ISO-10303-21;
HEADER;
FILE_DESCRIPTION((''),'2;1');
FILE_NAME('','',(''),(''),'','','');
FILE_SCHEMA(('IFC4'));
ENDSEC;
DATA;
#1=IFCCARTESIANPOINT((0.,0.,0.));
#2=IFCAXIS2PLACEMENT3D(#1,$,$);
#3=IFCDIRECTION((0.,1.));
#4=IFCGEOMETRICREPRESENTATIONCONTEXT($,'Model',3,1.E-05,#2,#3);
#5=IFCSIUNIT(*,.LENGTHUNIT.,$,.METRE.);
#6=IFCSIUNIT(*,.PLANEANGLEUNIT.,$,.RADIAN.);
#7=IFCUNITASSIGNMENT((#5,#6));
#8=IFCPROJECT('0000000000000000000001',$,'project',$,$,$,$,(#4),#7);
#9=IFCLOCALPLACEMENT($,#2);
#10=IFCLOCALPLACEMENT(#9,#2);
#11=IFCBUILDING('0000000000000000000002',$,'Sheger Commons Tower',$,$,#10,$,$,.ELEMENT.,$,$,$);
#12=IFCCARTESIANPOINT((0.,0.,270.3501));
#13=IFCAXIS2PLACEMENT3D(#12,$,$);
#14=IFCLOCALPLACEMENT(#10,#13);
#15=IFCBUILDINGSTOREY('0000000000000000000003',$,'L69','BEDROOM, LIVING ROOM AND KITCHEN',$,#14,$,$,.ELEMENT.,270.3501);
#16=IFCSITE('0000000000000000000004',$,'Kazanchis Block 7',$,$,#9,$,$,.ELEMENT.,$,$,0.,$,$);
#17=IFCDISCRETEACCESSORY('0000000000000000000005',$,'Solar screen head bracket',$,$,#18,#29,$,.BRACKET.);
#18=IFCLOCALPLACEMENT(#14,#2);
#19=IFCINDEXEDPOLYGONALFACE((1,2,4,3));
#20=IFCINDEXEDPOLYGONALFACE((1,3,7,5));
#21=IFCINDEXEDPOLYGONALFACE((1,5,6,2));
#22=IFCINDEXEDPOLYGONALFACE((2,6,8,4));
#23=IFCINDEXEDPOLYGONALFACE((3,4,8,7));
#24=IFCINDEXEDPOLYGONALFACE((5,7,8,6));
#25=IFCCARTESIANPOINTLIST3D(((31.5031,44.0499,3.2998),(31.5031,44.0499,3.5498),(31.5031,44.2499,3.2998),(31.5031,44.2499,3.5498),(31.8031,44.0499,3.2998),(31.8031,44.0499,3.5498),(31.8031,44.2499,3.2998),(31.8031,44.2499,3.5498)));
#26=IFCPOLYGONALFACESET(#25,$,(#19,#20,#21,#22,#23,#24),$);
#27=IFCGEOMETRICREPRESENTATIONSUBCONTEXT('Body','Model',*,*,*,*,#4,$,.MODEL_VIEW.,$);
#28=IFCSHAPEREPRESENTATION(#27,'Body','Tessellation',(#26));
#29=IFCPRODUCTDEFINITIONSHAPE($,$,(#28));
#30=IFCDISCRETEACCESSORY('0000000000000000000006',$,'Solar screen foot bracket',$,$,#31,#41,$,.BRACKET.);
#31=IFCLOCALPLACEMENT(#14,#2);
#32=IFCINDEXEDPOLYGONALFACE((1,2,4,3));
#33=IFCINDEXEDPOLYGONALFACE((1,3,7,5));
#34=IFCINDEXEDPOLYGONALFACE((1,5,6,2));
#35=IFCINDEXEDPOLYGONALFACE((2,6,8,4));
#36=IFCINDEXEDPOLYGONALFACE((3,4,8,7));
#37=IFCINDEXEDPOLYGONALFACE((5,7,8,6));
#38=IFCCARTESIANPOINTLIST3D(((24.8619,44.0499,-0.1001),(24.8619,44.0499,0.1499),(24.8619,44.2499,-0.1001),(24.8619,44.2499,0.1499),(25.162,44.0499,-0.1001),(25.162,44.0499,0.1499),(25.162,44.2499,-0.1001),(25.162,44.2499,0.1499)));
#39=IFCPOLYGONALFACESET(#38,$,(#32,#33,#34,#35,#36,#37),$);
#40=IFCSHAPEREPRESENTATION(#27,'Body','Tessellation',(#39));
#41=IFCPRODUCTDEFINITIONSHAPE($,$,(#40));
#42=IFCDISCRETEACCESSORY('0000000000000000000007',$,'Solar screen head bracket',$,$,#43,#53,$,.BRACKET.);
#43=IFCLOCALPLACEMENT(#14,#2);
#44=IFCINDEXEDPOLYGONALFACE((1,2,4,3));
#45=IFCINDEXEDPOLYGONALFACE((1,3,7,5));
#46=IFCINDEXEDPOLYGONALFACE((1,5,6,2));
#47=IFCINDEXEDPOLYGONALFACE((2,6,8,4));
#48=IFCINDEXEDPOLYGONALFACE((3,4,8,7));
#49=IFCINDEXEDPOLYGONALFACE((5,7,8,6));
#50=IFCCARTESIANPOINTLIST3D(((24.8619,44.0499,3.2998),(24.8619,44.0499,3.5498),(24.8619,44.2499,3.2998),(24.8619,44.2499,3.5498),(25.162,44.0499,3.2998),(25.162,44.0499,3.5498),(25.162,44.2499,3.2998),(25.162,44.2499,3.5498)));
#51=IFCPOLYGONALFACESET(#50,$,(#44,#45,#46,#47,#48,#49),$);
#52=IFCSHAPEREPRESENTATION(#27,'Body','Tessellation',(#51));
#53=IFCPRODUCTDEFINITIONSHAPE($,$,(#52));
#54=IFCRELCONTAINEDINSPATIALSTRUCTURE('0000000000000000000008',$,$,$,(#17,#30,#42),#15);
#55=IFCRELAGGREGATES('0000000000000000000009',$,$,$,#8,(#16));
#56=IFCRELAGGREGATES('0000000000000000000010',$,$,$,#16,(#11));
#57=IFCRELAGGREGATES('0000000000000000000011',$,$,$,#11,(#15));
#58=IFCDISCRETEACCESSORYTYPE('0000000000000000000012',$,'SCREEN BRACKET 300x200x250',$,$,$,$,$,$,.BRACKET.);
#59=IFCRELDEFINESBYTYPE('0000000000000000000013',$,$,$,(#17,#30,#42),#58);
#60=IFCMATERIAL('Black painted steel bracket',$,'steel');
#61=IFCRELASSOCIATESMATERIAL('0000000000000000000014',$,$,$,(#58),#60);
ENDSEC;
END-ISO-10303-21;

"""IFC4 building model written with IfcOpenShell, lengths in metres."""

from ifc_helpers import new_model, si_unit, direction, frame, origin, origin_2d, place, context, subcontext, project, spatial, rectangle, extrude, material, type_object, element, save


model = new_model("IFC4")

# Units and contexts
model_context = context("Model", 3, precision=1e-05, world=origin(), true_north=direction((0.0, 1.0)))
body_context = subcontext(model_context, "Body", "Model", "MODEL_VIEW")
ifc_project = project(units=[si_unit("LENGTHUNIT", "METRE"), si_unit("PLANEANGLEUNIT", "RADIAN")], contexts=[model_context])

# Site, building, storey
site_placement = place(None, origin())
site = spatial("IfcSite", under=ifc_project, at=site_placement, Name="Kazanchis Block 7", CompositionType="ELEMENT", RefElevation=0.0)
building_placement = place(site_placement, origin())
building = spatial("IfcBuilding", under=site, at=building_placement, Name="Sheger Commons Tower", CompositionType="ELEMENT")
storey_placement = place(building_placement, frame((0.0, 0.0, 270.3501)))
storey = spatial("IfcBuildingStorey", under=building, at=storey_placement, Name="L69", Description="BEDROOM, LIVING ROOM AND KITCHEN", CompositionType="ELEMENT", Elevation=270.3501)

# Discrete accessories
ifc_material_1 = material(Name="Black painted steel bracket", Category="steel")
discrete_accessory_type = type_object("IfcDiscreteAccessoryType", Name="SCREEN BRACKET 300x200x250", PredefinedType="BRACKET", material=ifc_material_1)
for number, where, z_axis, x_axis, name in (
    (1, (31.6531, 44.1499, 3.2998), (0.0, 0.0, 1.0), (-1.0, 0.0, 0.0), "Solar screen head bracket"),
    (2, (25.012, 44.1499, -0.1001), (0.0, 0.0, 1.0), (-1.0, 0.0, 0.0), "Solar screen foot bracket"),
    (3, (25.012, 44.1499, 3.2998), (0.0, 0.0, 1.0), (-1.0, 0.0, 0.0), "Solar screen head bracket"),
):
    element("IfcDiscreteAccessory", number, at=place(storey_placement, frame(where, z_axis=z_axis, x_axis=x_axis)), inside=storey, type_object=discrete_accessory_type, Name=name, PredefinedType="BRACKET", context=body_context, shape_type="SweptSolid", body=[
        extrude(rectangle(XDim=0.3, YDim=0.2, at=origin_2d()), origin(), (0.0, 0.0, 1.0), 0.25),
    ])

save(model, "model.ifc")
